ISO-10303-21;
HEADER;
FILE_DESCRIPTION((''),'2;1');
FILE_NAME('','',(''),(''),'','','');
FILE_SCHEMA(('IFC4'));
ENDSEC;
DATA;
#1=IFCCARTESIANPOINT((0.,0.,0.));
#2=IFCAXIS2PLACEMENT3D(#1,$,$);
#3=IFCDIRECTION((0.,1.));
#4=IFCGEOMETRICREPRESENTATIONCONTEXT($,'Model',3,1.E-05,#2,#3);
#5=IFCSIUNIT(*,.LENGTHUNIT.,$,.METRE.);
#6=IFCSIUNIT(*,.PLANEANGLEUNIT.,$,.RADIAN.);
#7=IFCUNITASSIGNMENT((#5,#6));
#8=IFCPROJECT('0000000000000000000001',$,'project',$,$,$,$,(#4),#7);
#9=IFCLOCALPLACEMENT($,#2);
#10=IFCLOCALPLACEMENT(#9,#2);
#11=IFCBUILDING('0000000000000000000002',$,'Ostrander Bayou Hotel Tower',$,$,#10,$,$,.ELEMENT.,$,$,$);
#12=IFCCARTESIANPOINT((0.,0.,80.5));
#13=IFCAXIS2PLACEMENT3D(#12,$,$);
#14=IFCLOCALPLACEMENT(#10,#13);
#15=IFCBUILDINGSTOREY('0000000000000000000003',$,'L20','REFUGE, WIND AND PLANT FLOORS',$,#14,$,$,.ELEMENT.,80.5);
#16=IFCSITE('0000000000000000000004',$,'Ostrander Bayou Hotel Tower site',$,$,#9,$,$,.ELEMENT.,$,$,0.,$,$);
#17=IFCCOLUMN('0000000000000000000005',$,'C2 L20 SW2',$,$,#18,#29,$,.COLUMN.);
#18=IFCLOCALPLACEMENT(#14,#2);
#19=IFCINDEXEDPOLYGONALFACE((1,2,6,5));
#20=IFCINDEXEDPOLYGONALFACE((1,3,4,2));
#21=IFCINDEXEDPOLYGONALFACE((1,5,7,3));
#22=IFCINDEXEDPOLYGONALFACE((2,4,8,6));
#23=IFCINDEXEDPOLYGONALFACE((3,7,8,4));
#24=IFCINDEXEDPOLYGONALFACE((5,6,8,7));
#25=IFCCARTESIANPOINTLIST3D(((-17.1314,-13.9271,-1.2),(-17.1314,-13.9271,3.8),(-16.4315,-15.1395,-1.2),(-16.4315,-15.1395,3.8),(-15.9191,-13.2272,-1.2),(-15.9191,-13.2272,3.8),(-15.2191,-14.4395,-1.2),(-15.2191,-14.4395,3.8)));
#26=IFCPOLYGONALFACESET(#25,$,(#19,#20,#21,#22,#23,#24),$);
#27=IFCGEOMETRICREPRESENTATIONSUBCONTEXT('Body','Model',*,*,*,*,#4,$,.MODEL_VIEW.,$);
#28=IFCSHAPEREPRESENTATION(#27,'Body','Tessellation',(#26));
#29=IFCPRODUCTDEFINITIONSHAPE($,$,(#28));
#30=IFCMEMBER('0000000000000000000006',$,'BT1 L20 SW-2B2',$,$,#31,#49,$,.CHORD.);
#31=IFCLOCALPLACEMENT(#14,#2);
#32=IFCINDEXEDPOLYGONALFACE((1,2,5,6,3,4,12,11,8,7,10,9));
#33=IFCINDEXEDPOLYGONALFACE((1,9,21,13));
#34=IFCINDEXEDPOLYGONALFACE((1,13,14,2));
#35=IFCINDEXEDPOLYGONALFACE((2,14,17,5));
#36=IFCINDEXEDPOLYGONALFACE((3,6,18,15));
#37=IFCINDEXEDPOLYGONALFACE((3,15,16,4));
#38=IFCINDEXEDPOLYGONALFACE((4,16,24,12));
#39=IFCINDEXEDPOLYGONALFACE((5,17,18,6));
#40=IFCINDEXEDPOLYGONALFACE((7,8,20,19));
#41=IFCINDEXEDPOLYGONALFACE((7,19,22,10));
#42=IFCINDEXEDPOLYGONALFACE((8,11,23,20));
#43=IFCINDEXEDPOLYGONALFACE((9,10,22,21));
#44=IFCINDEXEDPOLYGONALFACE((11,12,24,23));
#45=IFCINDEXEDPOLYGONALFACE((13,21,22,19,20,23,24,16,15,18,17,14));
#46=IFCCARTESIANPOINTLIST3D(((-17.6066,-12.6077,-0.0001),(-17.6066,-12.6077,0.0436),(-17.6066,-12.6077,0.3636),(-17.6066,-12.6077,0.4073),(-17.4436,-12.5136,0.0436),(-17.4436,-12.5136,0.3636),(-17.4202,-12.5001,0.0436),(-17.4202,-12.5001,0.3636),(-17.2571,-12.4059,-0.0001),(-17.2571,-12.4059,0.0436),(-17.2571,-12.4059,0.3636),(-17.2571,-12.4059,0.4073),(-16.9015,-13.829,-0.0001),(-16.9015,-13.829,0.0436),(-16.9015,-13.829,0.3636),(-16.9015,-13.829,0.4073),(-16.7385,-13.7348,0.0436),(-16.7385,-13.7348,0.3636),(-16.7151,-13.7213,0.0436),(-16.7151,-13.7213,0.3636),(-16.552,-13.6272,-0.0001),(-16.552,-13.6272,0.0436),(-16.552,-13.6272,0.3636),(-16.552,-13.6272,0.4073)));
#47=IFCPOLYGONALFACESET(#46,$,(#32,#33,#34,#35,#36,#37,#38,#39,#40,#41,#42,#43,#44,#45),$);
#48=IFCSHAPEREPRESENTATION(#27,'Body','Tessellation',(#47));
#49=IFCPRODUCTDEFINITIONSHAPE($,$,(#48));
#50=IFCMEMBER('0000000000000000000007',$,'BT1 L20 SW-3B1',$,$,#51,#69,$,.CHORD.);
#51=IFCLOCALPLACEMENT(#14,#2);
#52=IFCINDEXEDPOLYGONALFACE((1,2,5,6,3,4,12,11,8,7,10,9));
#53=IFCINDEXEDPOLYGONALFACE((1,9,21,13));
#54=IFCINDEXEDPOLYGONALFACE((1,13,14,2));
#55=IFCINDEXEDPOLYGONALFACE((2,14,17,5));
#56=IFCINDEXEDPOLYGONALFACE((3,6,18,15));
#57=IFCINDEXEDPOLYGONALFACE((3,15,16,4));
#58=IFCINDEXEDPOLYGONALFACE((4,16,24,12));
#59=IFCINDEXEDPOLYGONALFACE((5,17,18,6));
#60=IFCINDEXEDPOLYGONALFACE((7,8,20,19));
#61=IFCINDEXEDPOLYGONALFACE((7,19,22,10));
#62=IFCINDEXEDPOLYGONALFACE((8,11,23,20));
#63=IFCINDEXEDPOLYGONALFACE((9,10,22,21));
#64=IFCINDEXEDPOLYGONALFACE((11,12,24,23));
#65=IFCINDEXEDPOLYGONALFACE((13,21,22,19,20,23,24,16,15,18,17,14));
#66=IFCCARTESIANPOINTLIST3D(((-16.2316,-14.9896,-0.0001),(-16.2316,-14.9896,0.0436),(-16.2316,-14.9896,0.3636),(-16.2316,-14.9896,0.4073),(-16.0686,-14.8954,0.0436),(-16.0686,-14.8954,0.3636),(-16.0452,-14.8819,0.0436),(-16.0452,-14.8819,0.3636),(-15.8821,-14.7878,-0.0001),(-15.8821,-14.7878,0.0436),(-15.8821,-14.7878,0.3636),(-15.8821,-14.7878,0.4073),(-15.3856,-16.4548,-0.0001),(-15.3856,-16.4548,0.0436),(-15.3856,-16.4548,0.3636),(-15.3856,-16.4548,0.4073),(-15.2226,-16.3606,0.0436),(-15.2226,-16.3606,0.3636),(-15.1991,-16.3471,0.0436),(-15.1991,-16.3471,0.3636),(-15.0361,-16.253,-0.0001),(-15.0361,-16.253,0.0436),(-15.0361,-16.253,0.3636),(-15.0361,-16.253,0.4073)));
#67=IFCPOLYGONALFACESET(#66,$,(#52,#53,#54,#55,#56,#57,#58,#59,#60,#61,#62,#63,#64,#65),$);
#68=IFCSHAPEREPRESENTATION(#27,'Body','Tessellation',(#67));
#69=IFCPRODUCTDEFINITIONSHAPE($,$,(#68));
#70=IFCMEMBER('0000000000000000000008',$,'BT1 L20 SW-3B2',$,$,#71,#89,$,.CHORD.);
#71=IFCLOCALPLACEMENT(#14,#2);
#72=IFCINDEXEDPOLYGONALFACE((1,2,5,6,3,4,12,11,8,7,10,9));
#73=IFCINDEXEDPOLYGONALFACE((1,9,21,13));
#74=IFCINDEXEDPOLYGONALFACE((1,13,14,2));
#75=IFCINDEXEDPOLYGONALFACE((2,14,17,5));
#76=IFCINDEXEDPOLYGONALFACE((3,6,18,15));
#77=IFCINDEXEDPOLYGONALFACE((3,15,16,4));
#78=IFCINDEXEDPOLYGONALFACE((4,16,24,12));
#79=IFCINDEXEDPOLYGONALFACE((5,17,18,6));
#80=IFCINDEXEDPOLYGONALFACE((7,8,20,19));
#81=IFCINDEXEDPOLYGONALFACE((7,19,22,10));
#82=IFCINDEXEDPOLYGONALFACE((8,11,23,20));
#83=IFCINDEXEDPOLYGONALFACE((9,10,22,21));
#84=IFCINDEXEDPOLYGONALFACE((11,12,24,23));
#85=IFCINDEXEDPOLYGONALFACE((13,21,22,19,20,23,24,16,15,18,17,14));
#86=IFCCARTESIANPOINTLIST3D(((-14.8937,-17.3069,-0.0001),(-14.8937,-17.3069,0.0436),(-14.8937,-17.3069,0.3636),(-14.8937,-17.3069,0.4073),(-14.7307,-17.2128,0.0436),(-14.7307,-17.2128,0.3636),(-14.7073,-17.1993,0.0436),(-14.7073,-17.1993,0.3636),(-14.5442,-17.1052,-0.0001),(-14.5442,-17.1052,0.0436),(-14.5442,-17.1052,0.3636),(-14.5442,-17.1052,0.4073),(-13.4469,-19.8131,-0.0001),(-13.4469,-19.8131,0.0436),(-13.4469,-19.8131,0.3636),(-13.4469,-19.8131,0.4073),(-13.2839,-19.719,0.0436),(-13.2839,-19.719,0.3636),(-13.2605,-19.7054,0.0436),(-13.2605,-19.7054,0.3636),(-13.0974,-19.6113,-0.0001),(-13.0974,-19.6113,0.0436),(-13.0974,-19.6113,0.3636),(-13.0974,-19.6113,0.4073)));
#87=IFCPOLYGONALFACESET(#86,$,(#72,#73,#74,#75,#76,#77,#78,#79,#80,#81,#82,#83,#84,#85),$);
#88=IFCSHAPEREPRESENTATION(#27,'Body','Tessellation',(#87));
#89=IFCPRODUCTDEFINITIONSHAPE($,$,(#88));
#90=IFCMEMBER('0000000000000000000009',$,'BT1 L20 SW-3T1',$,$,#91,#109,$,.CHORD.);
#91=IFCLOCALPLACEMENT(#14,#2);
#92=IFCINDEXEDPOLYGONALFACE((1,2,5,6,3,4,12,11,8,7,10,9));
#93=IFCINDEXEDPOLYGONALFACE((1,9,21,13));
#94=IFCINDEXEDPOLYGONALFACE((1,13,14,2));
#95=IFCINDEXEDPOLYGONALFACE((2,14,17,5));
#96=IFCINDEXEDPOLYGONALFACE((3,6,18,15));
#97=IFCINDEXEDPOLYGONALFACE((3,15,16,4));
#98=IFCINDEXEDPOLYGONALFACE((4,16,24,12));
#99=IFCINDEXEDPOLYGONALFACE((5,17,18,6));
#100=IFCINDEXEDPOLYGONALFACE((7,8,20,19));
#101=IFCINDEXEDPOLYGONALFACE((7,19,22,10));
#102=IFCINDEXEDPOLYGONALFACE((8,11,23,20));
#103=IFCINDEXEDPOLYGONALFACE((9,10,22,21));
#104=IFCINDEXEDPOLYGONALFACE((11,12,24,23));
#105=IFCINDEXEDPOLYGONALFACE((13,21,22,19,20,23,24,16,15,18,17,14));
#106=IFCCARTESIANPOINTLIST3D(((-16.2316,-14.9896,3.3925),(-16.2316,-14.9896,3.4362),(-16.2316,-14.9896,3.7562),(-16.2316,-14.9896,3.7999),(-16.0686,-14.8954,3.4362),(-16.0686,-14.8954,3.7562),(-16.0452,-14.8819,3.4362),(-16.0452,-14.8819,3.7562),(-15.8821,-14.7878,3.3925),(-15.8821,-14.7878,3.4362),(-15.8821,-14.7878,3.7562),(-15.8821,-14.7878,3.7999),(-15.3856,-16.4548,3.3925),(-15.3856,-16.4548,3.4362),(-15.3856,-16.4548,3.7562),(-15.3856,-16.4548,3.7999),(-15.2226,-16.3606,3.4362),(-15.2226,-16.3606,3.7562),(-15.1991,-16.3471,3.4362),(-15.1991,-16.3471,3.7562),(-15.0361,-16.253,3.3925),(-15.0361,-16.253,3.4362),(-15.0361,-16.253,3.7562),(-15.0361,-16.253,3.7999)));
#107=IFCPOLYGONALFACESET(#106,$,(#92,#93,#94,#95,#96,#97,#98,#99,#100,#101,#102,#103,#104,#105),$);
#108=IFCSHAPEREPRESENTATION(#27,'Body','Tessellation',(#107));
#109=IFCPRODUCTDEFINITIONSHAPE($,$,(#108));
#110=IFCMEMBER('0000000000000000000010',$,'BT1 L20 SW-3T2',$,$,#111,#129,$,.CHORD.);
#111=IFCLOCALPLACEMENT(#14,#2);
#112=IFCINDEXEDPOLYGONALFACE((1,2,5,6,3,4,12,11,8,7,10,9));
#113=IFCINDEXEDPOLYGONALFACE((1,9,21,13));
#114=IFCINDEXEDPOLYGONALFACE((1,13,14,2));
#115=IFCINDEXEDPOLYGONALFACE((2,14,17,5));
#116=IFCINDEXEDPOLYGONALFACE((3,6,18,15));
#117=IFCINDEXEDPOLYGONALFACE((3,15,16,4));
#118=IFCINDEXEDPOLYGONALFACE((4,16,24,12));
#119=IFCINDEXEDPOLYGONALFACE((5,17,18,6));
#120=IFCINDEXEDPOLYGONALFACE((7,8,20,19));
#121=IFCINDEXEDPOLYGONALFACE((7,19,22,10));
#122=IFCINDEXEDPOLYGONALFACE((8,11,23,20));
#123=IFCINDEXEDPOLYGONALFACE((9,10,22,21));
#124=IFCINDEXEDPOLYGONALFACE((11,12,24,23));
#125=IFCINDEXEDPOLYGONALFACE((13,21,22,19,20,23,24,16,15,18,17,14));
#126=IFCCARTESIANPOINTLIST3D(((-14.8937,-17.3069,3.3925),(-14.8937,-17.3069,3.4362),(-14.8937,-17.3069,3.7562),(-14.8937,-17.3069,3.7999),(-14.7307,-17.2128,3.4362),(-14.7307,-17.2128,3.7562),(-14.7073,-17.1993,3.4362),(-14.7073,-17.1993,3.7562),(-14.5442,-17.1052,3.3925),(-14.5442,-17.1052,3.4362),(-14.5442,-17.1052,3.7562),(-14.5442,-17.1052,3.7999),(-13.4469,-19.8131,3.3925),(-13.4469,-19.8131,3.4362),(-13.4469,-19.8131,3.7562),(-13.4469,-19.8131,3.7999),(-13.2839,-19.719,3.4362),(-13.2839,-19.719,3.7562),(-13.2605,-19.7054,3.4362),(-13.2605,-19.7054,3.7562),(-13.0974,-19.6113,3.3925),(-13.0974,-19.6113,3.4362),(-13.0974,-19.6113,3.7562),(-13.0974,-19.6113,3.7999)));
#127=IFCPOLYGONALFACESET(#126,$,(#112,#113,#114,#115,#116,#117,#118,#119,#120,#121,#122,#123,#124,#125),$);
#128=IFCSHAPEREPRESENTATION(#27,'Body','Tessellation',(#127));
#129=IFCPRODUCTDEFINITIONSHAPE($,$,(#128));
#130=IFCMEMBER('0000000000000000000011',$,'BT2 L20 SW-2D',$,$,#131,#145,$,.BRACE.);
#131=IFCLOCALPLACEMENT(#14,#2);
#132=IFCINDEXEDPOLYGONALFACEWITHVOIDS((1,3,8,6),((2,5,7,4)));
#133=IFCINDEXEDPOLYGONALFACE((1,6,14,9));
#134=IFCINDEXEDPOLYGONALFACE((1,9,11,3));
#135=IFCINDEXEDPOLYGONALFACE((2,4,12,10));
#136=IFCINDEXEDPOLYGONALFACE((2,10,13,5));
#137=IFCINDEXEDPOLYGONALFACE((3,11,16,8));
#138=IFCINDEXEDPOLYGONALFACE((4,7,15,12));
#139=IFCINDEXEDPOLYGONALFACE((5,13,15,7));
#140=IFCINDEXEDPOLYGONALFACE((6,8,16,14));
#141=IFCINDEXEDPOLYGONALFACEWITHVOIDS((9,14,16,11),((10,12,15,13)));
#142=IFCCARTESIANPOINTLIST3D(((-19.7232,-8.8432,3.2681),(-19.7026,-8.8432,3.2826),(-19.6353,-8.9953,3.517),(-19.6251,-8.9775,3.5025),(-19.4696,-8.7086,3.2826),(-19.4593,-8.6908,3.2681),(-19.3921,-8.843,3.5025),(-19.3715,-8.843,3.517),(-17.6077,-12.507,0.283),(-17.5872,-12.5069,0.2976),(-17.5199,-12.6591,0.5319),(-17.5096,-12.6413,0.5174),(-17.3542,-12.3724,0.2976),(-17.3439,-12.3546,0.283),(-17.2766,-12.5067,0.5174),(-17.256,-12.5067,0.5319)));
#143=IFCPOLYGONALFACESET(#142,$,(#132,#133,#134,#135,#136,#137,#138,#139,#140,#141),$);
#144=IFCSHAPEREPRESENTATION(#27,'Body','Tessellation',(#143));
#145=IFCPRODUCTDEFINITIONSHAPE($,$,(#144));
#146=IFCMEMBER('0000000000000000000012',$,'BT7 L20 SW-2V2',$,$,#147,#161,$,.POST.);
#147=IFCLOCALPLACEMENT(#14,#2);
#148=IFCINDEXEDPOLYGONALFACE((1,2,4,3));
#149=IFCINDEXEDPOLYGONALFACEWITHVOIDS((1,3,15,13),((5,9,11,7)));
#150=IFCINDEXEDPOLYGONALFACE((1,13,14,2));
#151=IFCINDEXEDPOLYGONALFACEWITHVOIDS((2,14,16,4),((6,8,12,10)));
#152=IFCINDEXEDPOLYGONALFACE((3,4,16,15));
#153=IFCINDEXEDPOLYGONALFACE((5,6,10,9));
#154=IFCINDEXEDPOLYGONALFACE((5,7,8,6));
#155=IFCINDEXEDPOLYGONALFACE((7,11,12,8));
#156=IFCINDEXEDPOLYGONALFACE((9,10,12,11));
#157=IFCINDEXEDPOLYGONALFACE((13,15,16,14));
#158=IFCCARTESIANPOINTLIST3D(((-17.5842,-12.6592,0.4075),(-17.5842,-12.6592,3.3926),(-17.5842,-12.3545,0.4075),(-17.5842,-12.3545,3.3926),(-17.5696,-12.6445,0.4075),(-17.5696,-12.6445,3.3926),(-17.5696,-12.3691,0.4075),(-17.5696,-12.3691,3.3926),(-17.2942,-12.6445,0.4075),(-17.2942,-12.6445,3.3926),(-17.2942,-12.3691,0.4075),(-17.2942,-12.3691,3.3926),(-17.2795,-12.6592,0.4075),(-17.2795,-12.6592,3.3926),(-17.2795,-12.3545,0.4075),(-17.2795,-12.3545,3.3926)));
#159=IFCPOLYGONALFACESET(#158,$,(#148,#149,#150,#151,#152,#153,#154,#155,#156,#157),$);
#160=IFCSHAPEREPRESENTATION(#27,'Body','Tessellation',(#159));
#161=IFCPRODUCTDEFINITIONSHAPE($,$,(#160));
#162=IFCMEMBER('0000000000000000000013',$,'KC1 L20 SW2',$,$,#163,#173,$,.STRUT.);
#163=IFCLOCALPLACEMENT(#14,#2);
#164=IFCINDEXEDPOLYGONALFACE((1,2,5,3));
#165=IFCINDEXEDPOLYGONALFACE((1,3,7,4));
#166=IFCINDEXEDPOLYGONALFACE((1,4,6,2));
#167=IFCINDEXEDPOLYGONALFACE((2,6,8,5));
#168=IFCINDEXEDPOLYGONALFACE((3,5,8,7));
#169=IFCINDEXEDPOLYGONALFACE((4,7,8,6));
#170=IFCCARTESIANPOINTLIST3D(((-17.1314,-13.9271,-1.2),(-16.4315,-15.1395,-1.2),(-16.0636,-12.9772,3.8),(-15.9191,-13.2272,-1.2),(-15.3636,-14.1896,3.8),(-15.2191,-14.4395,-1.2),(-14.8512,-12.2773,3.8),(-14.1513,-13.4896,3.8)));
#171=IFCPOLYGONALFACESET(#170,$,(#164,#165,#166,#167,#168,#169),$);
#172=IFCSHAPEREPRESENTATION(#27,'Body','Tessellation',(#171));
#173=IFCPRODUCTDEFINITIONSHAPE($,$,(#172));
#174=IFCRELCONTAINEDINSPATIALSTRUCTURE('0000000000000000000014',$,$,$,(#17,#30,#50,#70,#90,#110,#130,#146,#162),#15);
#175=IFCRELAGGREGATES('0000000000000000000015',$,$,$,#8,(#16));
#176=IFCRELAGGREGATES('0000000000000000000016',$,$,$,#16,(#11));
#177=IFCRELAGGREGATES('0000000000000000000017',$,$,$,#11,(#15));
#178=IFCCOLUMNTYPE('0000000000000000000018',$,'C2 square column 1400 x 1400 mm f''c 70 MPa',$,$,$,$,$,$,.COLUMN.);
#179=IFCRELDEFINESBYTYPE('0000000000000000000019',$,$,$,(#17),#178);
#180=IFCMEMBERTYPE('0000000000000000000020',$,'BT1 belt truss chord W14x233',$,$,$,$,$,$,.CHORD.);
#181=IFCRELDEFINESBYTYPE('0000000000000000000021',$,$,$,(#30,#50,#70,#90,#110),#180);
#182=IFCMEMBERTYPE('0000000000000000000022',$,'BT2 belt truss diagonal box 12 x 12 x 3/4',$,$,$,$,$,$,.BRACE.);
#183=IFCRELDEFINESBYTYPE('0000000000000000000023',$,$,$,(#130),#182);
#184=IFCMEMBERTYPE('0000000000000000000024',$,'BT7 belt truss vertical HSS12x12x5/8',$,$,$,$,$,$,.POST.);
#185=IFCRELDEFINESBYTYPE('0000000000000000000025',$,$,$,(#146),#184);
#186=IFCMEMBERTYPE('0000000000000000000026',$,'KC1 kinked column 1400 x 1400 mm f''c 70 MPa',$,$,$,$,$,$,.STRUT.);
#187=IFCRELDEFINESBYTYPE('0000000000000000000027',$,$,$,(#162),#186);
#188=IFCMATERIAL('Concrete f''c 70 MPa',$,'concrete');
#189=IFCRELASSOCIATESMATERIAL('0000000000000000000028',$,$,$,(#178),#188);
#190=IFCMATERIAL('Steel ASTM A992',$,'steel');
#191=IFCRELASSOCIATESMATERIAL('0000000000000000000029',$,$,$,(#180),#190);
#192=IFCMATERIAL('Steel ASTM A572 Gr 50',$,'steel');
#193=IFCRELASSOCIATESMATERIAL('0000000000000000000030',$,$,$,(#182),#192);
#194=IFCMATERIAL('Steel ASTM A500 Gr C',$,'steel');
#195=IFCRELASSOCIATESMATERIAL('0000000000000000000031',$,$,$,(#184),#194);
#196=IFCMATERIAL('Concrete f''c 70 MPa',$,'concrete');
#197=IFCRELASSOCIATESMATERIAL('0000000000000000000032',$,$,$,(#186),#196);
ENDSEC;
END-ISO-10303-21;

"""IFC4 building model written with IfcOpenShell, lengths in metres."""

from ifc_helpers import new_model, si_unit, direction, frame, origin, origin_2d, place, context, subcontext, project, spatial, rectangle, hollow_rectangle, i_section, extrude, material, material_profile, profile_set, type_object, element, save


model = new_model("IFC4")

# Units and contexts
model_context = context("Model", 3, precision=1e-05, world=origin(), true_north=direction((0.0, 1.0)))
body_context = subcontext(model_context, "Body", "Model", "MODEL_VIEW")
ifc_project = project(units=[si_unit("LENGTHUNIT", "METRE"), si_unit("PLANEANGLEUNIT", "RADIAN")], contexts=[model_context])

# Site, building, storey
site_placement = place(None, origin())
site = spatial("IfcSite", under=ifc_project, at=site_placement, Name="Ostrander Bayou Hotel Tower site", CompositionType="ELEMENT", RefElevation=0.0)
building_placement = place(site_placement, origin())
building = spatial("IfcBuilding", under=site, at=building_placement, Name="Ostrander Bayou Hotel Tower", CompositionType="ELEMENT")
storey_placement = place(building_placement, frame((0.0, 0.0, 80.5)))
storey = spatial("IfcBuildingStorey", under=building, at=storey_placement, Name="L20", Description="REFUGE, WIND AND PLANT FLOORS", CompositionType="ELEMENT", Elevation=80.5)

# Column
ifc_material_1 = material(Name="Concrete f'c 70 MPa", Category="concrete")
ifc_material_profile_1 = material_profile(ifc_material_1, rectangle(XDim=1.3999, YDim=1.3999, at=origin_2d()))
ifc_profile_set_1 = profile_set([ifc_material_profile_1], Name="Concrete f'c 70 MPa")
column_type = type_object("IfcColumnType", Name="C2 square column 1400 x 1400 mm f'c 70 MPa", PredefinedType="COLUMN", material=ifc_profile_set_1)
column_placement = place(storey_placement, frame((-16.1753, -14.1833, -1.2), z_axis=(0.0, 0.0, 1.0), x_axis=(-0.5, 0.866025, 0.0)))
element("IfcColumn", 1, at=column_placement, inside=storey, type_object=column_type, Name="C2 L20 SW2", PredefinedType="COLUMN", context=body_context, shape_type="SweptSolid", body=[
    extrude(rectangle(XDim=1.3999, YDim=1.3999, at=origin_2d()), origin(), (0.0, 0.0, 1.0), 5.0),
])

# Members
ifc_material_2 = material(Name="Steel ASTM A992", Category="steel")
ifc_material_profile_2 = material_profile(ifc_material_2, i_section(OverallWidth=0.4036, OverallDepth=0.4075, WebThickness=0.0271, FlangeThickness=0.0437, at=origin_2d()))
ifc_profile_set_2 = profile_set([ifc_material_profile_2], Name="Steel ASTM A992")
member_type_1 = type_object("IfcMemberType", Name="BT1 belt truss chord W14x233", PredefinedType="CHORD", material=ifc_profile_set_2)
member_1_placement = place(storey_placement, frame((-17.4319, -12.5068, 0.2036), z_axis=(0.500012, -0.866018, 0.0), x_axis=(0.866018, 0.500012, 0.0)))
element("IfcMember", 2, at=member_1_placement, inside=storey, type_object=member_type_1, Name="BT1 L20 SW-2B2", PredefinedType="CHORD", context=body_context, shape_type="SweptSolid", body=[
    extrude(i_section(OverallWidth=0.4036, OverallDepth=0.4075, WebThickness=0.0271, FlangeThickness=0.0437, at=origin_2d()), origin(), (0.0, 0.0, 1.0), 1.4102),
])
member_2_placement = place(storey_placement, frame((-16.0569, -14.8887, 0.2036), z_axis=(0.500035, -0.866005, 0.0), x_axis=(0.866005, 0.500035, 0.0)))
element("IfcMember", 3, at=member_2_placement, inside=storey, type_object=member_type_1, Name="BT1 L20 SW-3B1", PredefinedType="CHORD", context=body_context, shape_type="SweptSolid", body=[
    extrude(i_section(OverallWidth=0.4036, OverallDepth=0.4075, WebThickness=0.0271, FlangeThickness=0.0437, at=origin_2d()), origin(), (0.0, 0.0, 1.0), 1.6919),
])
member_3_placement = place(storey_placement, frame((-14.719, -17.2061, 0.2036), z_axis=(0.499968, -0.866044, 0.0), x_axis=(0.866044, 0.499968, 0.0)))
element("IfcMember", 4, at=member_3_placement, inside=storey, type_object=member_type_1, Name="BT1 L20 SW-3B2", PredefinedType="CHORD", context=body_context, shape_type="SweptSolid", body=[
    extrude(i_section(OverallWidth=0.4036, OverallDepth=0.4075, WebThickness=0.0271, FlangeThickness=0.0437, at=origin_2d()), origin(), (0.0, 0.0, 1.0), 2.8938),
])
member_4_placement = place(storey_placement, frame((-16.0569, -14.8887, 3.5962), z_axis=(0.500035, -0.866005, 0.0), x_axis=(0.866005, 0.500035, 0.0)))
element("IfcMember", 5, at=member_4_placement, inside=storey, type_object=member_type_1, Name="BT1 L20 SW-3T1", PredefinedType="CHORD", context=body_context, shape_type="SweptSolid", body=[
    extrude(i_section(OverallWidth=0.4036, OverallDepth=0.4075, WebThickness=0.0271, FlangeThickness=0.0437, at=origin_2d()), origin(), (0.0, 0.0, 1.0), 1.6919),
])
member_5_placement = place(storey_placement, frame((-14.719, -17.2061, 3.5962), z_axis=(0.499968, -0.866044, 0.0), x_axis=(0.866044, 0.499968, 0.0)))
element("IfcMember", 6, at=member_5_placement, inside=storey, type_object=member_type_1, Name="BT1 L20 SW-3T2", PredefinedType="CHORD", context=body_context, shape_type="SweptSolid", body=[
    extrude(i_section(OverallWidth=0.4036, OverallDepth=0.4075, WebThickness=0.0271, FlangeThickness=0.0437, at=origin_2d()), origin(), (0.0, 0.0, 1.0), 2.8938),
])
ifc_material_3 = material(Name="Steel ASTM A572 Gr 50", Category="steel")
ifc_material_profile_3 = material_profile(ifc_material_3, hollow_rectangle(XDim=0.3047, YDim=0.3047, WallThickness=0.0178, at=origin_2d()))
ifc_profile_set_3 = profile_set([ifc_material_profile_3], Name="Steel ASTM A572 Gr 50")
member_type_2 = type_object("IfcMemberType", Name="BT2 belt truss diagonal box 12 x 12 x 3/4", PredefinedType="BRACE", material=ifc_profile_set_3)
member_6_placement = place(storey_placement, frame((-17.4319, -12.5068, 0.4075), z_axis=(-0.408567, 0.7076, 0.57652), x_axis=(-0.866008, -0.50003, 0.0)))
element("IfcMember", 7, at=member_6_placement, inside=storey, type_object=member_type_2, Name="BT2 L20 SW-2D", PredefinedType="BRACE", context=body_context, shape_type="SweptSolid", body=[
    extrude(hollow_rectangle(XDim=0.3047, YDim=0.3047, WallThickness=0.0178, at=origin_2d()), origin(), (0.0, 0.0, 1.0), 5.1777),
])
ifc_material_4 = material(Name="Steel ASTM A500 Gr C", Category="steel")
ifc_material_profile_4 = material_profile(ifc_material_4, hollow_rectangle(XDim=0.3047, YDim=0.3047, WallThickness=0.0146, at=origin_2d()))
ifc_profile_set_4 = profile_set([ifc_material_profile_4], Name="Steel ASTM A500 Gr C")
member_type_3 = type_object("IfcMemberType", Name="BT7 belt truss vertical HSS12x12x5/8", PredefinedType="POST", material=ifc_profile_set_4)
member_7_placement = place(storey_placement, frame((-17.4319, -12.5068, 0.4075), z_axis=(0.0, 0.0, 1.0), x_axis=(1.0, 0.0, 0.0)))
element("IfcMember", 8, at=member_7_placement, inside=storey, type_object=member_type_3, Name="BT7 L20 SW-2V2", PredefinedType="POST", context=body_context, shape_type="SweptSolid", body=[
    extrude(hollow_rectangle(XDim=0.3047, YDim=0.3047, WallThickness=0.0146, at=origin_2d()), origin(), (0.0, 0.0, 1.0), 2.9851),
])
ifc_material_5 = material(Name="Concrete f'c 70 MPa", Category="concrete")
ifc_material_profile_5 = material_profile(ifc_material_5, rectangle(XDim=1.3999, YDim=1.3999, at=origin_2d()))
ifc_profile_set_5 = profile_set([ifc_material_profile_5], Name="Concrete f'c 70 MPa")
member_type_4 = type_object("IfcMemberType", Name="KC1 kinked column 1400 x 1400 mm f'c 70 MPa", PredefinedType="STRUT", material=ifc_profile_set_5)
member_8_placement = place(storey_placement, frame((-16.1753, -14.1833, -1.2), z_axis=(0.0, 0.0, 1.0), x_axis=(-0.5, 0.866025, 0.0)))
element("IfcMember", 9, at=member_8_placement, inside=storey, type_object=member_type_4, Name="KC1 L20 SW2", PredefinedType="STRUT", context=body_context, shape_type="SweptSolid", body=[
    extrude(rectangle(XDim=1.3999, YDim=1.3999, at=origin_2d()), origin(), (0.055525, -0.269175, 0.961489), 5.2002),
])

save(model, "model.ifc")
